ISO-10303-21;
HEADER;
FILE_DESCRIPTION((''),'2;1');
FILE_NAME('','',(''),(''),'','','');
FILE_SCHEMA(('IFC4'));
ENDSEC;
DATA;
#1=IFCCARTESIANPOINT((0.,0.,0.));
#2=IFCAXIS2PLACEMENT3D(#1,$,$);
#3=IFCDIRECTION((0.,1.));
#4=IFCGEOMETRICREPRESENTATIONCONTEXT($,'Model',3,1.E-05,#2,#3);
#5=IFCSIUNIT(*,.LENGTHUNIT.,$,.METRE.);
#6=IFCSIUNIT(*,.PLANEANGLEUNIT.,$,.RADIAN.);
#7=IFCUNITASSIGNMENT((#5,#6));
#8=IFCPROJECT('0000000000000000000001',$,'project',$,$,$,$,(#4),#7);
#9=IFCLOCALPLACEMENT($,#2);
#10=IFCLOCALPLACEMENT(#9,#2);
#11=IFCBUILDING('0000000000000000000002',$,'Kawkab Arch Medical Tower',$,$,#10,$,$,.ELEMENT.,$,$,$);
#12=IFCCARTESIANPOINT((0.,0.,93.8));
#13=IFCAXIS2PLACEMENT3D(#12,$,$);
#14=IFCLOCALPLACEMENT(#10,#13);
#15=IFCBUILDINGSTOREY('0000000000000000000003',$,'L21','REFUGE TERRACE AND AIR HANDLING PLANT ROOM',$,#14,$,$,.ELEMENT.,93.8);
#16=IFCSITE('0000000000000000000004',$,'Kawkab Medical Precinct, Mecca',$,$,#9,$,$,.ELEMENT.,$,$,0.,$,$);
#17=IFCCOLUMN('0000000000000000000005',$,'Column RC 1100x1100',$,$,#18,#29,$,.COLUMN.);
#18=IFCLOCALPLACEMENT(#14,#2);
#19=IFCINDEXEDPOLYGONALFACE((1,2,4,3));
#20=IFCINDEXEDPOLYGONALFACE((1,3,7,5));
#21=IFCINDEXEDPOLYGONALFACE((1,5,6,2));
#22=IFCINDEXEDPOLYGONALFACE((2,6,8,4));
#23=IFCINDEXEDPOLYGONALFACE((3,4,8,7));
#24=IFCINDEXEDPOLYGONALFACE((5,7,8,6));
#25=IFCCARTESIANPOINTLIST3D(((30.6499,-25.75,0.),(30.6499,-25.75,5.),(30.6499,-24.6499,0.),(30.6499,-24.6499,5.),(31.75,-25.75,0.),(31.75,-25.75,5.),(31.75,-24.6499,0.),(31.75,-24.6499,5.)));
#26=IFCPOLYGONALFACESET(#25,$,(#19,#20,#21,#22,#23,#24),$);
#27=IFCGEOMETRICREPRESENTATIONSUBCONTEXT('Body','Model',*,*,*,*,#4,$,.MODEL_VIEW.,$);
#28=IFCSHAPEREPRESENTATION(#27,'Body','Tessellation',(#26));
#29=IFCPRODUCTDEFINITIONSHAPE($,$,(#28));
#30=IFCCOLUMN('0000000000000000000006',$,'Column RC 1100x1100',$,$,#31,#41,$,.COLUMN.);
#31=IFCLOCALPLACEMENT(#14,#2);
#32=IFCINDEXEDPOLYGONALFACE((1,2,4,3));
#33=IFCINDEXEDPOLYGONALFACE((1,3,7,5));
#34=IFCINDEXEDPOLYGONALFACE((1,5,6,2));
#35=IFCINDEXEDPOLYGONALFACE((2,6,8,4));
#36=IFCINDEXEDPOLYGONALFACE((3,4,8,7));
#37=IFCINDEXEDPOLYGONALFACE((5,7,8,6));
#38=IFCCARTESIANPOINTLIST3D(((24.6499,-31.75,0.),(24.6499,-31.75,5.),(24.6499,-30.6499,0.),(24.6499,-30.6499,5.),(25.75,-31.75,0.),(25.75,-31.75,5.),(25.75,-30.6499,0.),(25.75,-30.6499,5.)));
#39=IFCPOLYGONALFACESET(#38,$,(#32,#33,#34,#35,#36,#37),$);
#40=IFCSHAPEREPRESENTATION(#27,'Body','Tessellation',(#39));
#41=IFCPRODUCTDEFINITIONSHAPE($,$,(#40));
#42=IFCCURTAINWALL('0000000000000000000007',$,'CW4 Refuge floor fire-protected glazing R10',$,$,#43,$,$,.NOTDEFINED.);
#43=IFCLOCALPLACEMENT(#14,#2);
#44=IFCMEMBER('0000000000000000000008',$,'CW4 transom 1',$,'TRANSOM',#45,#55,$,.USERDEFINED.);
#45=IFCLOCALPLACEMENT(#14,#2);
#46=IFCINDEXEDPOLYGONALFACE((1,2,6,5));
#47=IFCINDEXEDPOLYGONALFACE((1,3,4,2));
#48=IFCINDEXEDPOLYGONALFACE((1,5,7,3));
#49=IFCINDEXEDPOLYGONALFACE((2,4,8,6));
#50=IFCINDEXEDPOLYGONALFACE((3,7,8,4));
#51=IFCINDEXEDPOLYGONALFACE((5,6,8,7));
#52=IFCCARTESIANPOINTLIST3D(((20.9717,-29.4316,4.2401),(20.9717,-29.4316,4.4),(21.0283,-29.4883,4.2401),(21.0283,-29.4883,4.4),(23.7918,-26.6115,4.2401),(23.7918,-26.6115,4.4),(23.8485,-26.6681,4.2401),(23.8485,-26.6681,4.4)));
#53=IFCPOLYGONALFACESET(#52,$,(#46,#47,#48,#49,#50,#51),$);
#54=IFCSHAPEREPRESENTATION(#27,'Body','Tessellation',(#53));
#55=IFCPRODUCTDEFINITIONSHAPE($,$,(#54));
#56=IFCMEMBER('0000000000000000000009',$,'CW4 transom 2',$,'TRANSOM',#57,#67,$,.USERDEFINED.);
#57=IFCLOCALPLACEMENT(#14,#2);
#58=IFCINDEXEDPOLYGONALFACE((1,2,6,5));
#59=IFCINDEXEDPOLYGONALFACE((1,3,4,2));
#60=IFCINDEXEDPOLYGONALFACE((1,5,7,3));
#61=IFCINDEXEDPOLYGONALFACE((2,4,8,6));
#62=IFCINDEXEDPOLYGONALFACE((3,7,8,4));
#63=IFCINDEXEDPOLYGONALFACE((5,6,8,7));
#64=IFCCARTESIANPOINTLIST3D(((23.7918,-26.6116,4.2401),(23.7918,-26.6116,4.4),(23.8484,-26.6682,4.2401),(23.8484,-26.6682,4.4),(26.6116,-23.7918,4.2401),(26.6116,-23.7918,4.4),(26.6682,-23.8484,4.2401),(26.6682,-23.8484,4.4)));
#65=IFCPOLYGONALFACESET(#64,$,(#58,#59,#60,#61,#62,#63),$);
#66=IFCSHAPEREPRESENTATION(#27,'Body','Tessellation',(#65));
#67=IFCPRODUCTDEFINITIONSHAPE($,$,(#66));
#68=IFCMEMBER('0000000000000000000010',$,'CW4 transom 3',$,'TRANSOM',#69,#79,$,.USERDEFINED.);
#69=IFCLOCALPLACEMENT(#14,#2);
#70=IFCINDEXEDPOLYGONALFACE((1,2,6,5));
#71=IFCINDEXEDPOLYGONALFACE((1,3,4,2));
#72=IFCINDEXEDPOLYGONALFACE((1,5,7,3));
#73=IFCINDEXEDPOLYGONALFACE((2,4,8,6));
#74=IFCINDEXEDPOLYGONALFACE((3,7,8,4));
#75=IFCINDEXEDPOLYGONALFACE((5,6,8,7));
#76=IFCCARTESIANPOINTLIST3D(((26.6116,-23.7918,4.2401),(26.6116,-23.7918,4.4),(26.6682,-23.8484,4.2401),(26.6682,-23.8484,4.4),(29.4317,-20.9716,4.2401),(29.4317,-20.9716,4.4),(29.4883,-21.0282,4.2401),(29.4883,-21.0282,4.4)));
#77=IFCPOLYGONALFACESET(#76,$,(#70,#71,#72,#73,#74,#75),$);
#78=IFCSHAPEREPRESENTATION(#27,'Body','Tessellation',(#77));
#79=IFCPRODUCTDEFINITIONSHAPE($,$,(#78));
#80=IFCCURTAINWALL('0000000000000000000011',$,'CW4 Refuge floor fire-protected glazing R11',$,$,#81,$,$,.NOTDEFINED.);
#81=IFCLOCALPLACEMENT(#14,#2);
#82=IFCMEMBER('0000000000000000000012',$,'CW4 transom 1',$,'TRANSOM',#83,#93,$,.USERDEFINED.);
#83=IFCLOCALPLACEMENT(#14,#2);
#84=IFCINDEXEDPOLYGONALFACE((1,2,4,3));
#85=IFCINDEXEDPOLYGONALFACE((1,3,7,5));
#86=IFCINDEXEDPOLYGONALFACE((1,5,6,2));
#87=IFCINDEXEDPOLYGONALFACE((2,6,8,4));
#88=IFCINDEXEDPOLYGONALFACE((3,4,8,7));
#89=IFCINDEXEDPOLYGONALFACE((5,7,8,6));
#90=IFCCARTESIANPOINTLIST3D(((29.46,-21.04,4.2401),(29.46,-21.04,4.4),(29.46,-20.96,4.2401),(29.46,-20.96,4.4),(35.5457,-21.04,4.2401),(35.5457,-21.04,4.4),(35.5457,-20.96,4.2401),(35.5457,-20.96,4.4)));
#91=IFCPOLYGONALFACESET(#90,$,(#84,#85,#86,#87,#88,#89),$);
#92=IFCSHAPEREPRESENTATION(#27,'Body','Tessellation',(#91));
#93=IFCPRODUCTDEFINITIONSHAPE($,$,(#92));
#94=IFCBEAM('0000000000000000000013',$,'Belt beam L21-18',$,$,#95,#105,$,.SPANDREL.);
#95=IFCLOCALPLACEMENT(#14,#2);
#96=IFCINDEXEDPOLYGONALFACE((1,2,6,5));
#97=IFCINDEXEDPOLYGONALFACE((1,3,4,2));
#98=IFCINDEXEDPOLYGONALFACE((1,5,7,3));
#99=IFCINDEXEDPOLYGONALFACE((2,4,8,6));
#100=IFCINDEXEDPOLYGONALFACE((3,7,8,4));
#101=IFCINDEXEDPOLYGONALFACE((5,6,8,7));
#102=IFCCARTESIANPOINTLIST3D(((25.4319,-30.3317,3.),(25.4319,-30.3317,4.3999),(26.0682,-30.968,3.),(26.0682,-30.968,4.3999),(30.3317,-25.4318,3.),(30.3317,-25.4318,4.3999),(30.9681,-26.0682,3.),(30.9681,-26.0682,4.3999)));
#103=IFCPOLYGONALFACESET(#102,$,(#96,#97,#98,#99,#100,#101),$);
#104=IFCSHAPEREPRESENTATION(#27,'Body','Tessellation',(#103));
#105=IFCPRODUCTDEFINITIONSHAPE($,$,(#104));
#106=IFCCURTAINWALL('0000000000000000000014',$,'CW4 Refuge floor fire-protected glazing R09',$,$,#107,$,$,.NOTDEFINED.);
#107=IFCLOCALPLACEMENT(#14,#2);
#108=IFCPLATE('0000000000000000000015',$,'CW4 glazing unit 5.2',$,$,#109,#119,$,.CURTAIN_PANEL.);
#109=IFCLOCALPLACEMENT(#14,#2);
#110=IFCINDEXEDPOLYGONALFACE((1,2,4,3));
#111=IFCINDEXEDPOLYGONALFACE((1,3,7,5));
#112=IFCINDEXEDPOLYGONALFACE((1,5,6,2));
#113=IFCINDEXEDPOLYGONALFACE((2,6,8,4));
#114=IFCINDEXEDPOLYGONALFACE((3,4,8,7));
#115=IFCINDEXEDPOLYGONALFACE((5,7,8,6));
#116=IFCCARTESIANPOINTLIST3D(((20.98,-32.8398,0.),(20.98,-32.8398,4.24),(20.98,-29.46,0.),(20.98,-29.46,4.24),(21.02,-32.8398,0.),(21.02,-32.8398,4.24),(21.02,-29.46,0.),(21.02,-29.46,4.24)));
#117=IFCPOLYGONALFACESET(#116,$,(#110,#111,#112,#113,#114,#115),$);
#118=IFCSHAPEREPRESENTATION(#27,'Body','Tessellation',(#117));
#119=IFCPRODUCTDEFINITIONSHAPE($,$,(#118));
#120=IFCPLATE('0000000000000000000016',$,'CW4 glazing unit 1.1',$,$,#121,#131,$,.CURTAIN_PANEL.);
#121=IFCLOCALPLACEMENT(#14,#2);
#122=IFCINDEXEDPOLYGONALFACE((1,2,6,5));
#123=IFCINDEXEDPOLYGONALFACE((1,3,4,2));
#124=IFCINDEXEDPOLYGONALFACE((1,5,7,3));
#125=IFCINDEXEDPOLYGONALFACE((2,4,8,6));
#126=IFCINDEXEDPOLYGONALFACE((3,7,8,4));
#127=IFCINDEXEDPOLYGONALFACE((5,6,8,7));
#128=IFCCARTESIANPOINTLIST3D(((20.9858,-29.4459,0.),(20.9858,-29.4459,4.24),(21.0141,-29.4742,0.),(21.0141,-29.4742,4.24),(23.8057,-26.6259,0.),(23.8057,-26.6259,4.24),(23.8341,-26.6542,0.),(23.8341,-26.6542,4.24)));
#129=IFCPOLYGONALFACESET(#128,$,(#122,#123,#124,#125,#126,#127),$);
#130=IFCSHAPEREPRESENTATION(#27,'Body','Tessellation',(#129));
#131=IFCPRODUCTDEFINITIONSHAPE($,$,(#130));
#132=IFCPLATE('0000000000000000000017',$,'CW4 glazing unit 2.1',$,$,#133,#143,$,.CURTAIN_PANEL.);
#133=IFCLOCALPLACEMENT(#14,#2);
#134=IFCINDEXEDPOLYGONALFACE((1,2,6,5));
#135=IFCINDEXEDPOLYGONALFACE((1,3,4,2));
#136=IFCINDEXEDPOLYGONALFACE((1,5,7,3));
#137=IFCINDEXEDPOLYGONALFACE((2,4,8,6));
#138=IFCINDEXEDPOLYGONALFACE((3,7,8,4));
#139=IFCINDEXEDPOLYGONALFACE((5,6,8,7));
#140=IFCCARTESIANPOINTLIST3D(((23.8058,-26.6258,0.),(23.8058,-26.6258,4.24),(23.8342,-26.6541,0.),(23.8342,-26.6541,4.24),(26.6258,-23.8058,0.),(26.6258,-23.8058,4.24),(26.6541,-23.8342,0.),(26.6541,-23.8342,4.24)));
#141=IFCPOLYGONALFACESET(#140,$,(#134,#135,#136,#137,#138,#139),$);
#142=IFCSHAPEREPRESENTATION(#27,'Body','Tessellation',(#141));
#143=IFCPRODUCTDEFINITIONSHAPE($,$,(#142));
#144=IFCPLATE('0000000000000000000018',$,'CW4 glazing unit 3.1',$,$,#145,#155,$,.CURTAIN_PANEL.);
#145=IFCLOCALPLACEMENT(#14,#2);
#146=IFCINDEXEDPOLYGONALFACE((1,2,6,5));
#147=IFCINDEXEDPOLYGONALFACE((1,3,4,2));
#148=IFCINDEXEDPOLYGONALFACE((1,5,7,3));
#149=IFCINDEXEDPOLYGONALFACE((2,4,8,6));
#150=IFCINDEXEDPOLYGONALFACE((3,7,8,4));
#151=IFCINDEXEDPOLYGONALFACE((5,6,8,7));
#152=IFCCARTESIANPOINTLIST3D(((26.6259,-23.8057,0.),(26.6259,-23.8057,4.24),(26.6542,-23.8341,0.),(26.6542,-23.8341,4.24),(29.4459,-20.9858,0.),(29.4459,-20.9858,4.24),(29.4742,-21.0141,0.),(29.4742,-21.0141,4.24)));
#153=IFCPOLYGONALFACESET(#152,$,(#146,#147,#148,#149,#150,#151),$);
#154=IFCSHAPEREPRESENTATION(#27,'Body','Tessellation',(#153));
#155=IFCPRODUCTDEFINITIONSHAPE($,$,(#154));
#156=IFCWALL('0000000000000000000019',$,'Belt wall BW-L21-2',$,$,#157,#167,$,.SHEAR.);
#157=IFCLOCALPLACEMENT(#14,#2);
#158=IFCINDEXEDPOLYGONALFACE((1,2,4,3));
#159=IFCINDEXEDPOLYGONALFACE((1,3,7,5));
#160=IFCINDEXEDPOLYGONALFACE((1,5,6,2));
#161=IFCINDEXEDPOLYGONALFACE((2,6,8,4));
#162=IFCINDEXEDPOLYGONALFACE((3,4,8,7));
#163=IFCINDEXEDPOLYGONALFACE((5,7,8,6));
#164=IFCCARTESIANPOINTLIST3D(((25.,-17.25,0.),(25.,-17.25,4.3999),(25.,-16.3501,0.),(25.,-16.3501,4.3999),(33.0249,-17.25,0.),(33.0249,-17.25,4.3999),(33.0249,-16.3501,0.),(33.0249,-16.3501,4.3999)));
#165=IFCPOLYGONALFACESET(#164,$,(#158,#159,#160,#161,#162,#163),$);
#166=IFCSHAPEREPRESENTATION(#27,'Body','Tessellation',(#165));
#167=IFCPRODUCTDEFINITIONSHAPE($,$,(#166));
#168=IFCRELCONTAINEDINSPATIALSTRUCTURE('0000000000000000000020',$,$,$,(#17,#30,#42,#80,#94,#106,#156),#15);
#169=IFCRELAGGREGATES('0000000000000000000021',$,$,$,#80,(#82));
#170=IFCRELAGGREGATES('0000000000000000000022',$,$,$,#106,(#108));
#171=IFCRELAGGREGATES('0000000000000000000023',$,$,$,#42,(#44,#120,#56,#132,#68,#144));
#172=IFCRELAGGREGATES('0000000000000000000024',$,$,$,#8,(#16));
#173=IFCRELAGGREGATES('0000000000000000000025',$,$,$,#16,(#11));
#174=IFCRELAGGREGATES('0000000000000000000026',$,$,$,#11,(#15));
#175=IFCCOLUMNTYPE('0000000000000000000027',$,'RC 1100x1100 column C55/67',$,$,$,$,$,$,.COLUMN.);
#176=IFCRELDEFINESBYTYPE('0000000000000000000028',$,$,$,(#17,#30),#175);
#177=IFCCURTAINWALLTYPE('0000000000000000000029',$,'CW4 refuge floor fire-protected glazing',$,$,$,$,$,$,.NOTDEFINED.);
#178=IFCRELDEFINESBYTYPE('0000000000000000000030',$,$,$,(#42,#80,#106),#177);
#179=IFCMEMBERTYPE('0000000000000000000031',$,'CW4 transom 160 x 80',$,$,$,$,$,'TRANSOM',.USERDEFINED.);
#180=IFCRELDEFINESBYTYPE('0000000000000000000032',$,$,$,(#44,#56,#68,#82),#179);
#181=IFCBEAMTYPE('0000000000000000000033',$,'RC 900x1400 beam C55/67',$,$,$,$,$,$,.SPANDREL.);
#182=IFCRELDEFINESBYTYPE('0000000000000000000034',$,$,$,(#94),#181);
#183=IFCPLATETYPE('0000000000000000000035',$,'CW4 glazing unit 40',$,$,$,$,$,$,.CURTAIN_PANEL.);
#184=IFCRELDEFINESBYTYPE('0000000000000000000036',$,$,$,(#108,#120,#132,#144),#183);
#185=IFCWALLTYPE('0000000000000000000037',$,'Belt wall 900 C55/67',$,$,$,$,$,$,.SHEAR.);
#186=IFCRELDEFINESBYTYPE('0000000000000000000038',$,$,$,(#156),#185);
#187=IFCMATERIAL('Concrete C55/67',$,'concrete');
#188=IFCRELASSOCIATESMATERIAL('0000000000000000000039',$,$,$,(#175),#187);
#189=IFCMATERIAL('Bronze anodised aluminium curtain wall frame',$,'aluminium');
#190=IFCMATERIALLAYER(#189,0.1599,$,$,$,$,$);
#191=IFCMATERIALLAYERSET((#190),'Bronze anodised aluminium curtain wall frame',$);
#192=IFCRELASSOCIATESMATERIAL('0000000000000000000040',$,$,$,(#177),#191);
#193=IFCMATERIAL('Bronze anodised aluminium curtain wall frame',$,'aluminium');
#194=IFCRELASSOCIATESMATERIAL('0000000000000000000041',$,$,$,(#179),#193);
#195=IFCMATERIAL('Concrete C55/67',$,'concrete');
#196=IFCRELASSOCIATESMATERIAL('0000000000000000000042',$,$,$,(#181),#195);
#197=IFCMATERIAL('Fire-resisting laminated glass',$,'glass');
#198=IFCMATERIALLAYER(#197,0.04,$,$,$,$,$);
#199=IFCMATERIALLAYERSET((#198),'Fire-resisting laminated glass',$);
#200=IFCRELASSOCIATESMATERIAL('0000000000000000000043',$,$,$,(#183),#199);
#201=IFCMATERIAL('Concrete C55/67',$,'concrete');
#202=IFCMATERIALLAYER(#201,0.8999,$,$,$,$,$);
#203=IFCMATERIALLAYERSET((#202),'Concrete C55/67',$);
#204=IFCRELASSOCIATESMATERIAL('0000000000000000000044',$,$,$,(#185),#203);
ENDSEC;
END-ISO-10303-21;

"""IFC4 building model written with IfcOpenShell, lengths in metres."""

from ifc_helpers import new_model, si_unit, direction, frame, frame_2d, origin, origin_2d, place, context, subcontext, project, spatial, rectangle, extrude, material, layer, layer_set, material_profile, profile_set, type_object, element, aggregate, save


model = new_model("IFC4")

# Units and contexts
model_context = context("Model", 3, precision=1e-05, world=origin(), true_north=direction((0.0, 1.0)))
body_context = subcontext(model_context, "Body", "Model", "MODEL_VIEW")
ifc_project = project(units=[si_unit("LENGTHUNIT", "METRE"), si_unit("PLANEANGLEUNIT", "RADIAN")], contexts=[model_context])

# Site, building, storey
site_placement = place(None, origin())
site = spatial("IfcSite", under=ifc_project, at=site_placement, Name="Kawkab Medical Precinct, Mecca", CompositionType="ELEMENT", RefElevation=0.0)
building_placement = place(site_placement, origin())
building = spatial("IfcBuilding", under=site, at=building_placement, Name="Kawkab Arch Medical Tower", CompositionType="ELEMENT")
storey_placement = place(building_placement, frame((0.0, 0.0, 93.8)))
storey = spatial("IfcBuildingStorey", under=building, at=storey_placement, Name="L21", Description="REFUGE TERRACE AND AIR HANDLING PLANT ROOM", CompositionType="ELEMENT", Elevation=93.8)

# Columns
ifc_material_1 = material(Name="Concrete C55/67", Category="concrete")
ifc_material_profile_1 = material_profile(ifc_material_1, rectangle(XDim=1.1001, YDim=1.1001, at=origin_2d()), Name="RC 1100x1100")
ifc_profile_set_1 = profile_set([ifc_material_profile_1], Name="Concrete C55/67")
column_type = type_object("IfcColumnType", Name="RC 1100x1100 column C55/67", PredefinedType="COLUMN", material=ifc_profile_set_1)
for number, where, z_axis, x_axis, name in (
    (1, (31.2, -25.2, 0.0), (0.0, 0.0, 1.0), (1.0, 0.0, 0.0), "Column RC 1100x1100"),
    (2, (25.2, -31.2, 0.0), (0.0, 0.0, 1.0), (1.0, 0.0, 0.0), "Column RC 1100x1100"),
):
    element("IfcColumn", number, at=place(storey_placement, frame(where, z_axis=z_axis, x_axis=x_axis)), inside=storey, type_object=column_type, Name=name, PredefinedType="COLUMN", context=body_context, shape_type="SweptSolid", body=[
        extrude(rectangle(XDim=1.1001, YDim=1.1001, at=origin_2d()), origin(), (0.0, 0.0, 1.0), 5.0),
    ])

# Curtain wall, members
ifc_material_2 = material(Name="Bronze anodised aluminium curtain wall frame", Category="aluminium")
ifc_layer_1 = layer(ifc_material_2, 0.1599)
ifc_layer_set_1 = layer_set([ifc_layer_1], Name="Bronze anodised aluminium curtain wall frame")
curtain_wall_type = type_object("IfcCurtainWallType", Name="CW4 refuge floor fire-protected glazing", PredefinedType="NOTDEFINED", material=ifc_layer_set_1)
placement = place(storey_placement, origin())
curtain_wall_1 = element("IfcCurtainWall", 3, at=placement, inside=storey, type_object=curtain_wall_type, Name="CW4 Refuge floor fire-protected glazing R10", PredefinedType="NOTDEFINED")
ifc_material_3 = material(Name="Bronze anodised aluminium curtain wall frame", Category="aluminium")
ifc_material_profile_2 = material_profile(ifc_material_3, rectangle(XDim=0.0801, YDim=0.1599, at=origin_2d()), Name="AL 80x160")
ifc_profile_set_2 = profile_set([ifc_material_profile_2], Name="Bronze anodised aluminium curtain wall frame")
member_type = type_object("IfcMemberType", Name="CW4 transom 160 x 80", ElementType="TRANSOM", PredefinedType="USERDEFINED", material=ifc_profile_set_2)
member_1_placement = place(storey_placement, frame((21.0, -29.46, 4.3201), z_axis=(0.707107, 0.707107, 0.0), x_axis=(-0.707107, 0.707107, 0.0)))
member_1 = element("IfcMember", 4, at=member_1_placement, type_object=member_type, Name="CW4 transom 1", ObjectType="TRANSOM", PredefinedType="USERDEFINED", context=body_context, shape_type="SweptSolid", body=[
    extrude(rectangle(XDim=0.0801, YDim=0.1599, at=origin_2d()), origin(), (0.0, 0.0, 1.0), 3.9883),
])
member_2_placement = place(storey_placement, frame((23.8201, -26.6399, 4.3201), z_axis=(0.707107, 0.707107, 0.0), x_axis=(-0.707107, 0.707107, 0.0)))
member_2 = element("IfcMember", 5, at=member_2_placement, type_object=member_type, Name="CW4 transom 2", ObjectType="TRANSOM", PredefinedType="USERDEFINED", context=body_context, shape_type="SweptSolid", body=[
    extrude(rectangle(XDim=0.0801, YDim=0.1599, at=origin_2d()), origin(), (0.0, 0.0, 1.0), 3.9878),
])
member_3_placement = place(storey_placement, frame((26.6399, -23.8201, 4.3201), z_axis=(0.707107, 0.707107, 0.0), x_axis=(-0.707107, 0.707107, 0.0)))
member_3 = element("IfcMember", 6, at=member_3_placement, type_object=member_type, Name="CW4 transom 3", ObjectType="TRANSOM", PredefinedType="USERDEFINED", context=body_context, shape_type="SweptSolid", body=[
    extrude(rectangle(XDim=0.0801, YDim=0.1599, at=origin_2d()), origin(), (0.0, 0.0, 1.0), 3.9883),
])

# Curtain wall, member
curtain_wall_2 = element("IfcCurtainWall", 7, at=placement, inside=storey, type_object=curtain_wall_type, Name="CW4 Refuge floor fire-protected glazing R11", PredefinedType="NOTDEFINED")
member_4_placement = place(storey_placement, frame((29.46, -21.0, 4.3201), z_axis=(1.0, 0.0, 0.0), x_axis=(0.0, 1.0, 0.0)))
member_4 = element("IfcMember", 8, at=member_4_placement, type_object=member_type, Name="CW4 transom 1", ObjectType="TRANSOM", PredefinedType="USERDEFINED", context=body_context, shape_type="SweptSolid", body=[
    extrude(rectangle(XDim=0.0801, YDim=0.1599, at=origin_2d()), origin(), (0.0, 0.0, 1.0), 6.0857),
])
aggregate(curtain_wall_2, [member_4])

# Beam
ifc_material_4 = material(Name="Concrete C55/67", Category="concrete")
ifc_material_profile_3 = material_profile(ifc_material_4, rectangle(XDim=0.8999, YDim=1.3999, at=origin_2d()), Name="RC 900x1400")
ifc_profile_set_3 = profile_set([ifc_material_profile_3], Name="Concrete C55/67")
beam_type = type_object("IfcBeamType", Name="RC 900x1400 beam C55/67", PredefinedType="SPANDREL", material=ifc_profile_set_3)
beam_placement = place(storey_placement, frame((30.6499, -25.75, 3.7), z_axis=(-0.707107, -0.707107, 0.0), x_axis=(0.707107, -0.707107, 0.0)))
element("IfcBeam", 9, at=beam_placement, inside=storey, type_object=beam_type, Name="Belt beam L21-18", PredefinedType="SPANDREL", context=body_context, shape_type="SweptSolid", body=[
    extrude(rectangle(XDim=0.8999, YDim=1.3999, at=origin_2d()), origin(), (0.0, 0.0, 1.0), 6.9294),
])

# Curtain wall, plate
curtain_wall_3 = element("IfcCurtainWall", 10, at=placement, inside=storey, type_object=curtain_wall_type, Name="CW4 Refuge floor fire-protected glazing R09", PredefinedType="NOTDEFINED")
ifc_material_5 = material(Name="Fire-resisting laminated glass", Category="glass")
ifc_layer_2 = layer(ifc_material_5, 0.04)
ifc_layer_set_2 = layer_set([ifc_layer_2], Name="Fire-resisting laminated glass")
plate_type = type_object("IfcPlateType", Name="CW4 glazing unit 40", PredefinedType="CURTAIN_PANEL", material=ifc_layer_set_2)
plate_1_placement = place(storey_placement, frame((21.0, -31.1499, 0.0), z_axis=(0.0, 0.0, 1.0), x_axis=(0.0, 1.0, 0.0)))
plate_1 = element("IfcPlate", 11, at=plate_1_placement, type_object=plate_type, Name="CW4 glazing unit 5.2", PredefinedType="CURTAIN_PANEL", context=body_context, shape_type="SweptSolid", body=[
    extrude(rectangle(XDim=3.3799, YDim=0.04, at=origin_2d()), origin(), (0.0, 0.0, 1.0), 4.24),
])
aggregate(curtain_wall_3, [plate_1])

# Plates
plate_2_placement = place(storey_placement, frame((22.4099, -28.05, 0.0), z_axis=(0.0, 0.0, 1.0), x_axis=(0.707107, 0.707107, 0.0)))
plate_2 = element("IfcPlate", 12, at=plate_2_placement, type_object=plate_type, Name="CW4 glazing unit 1.1", PredefinedType="CURTAIN_PANEL", context=body_context, shape_type="SweptSolid", body=[
    extrude(rectangle(XDim=3.988, YDim=0.04, at=origin_2d()), origin(), (0.0, 0.0, 1.0), 4.24),
])
plate_3_placement = place(storey_placement, frame((25.23, -25.23, 0.0), z_axis=(0.0, 0.0, 1.0), x_axis=(0.707107, 0.707107, 0.0)))
plate_3 = element("IfcPlate", 13, at=plate_3_placement, type_object=plate_type, Name="CW4 glazing unit 2.1", PredefinedType="CURTAIN_PANEL", context=body_context, shape_type="SweptSolid", body=[
    extrude(rectangle(XDim=3.988, YDim=0.04, at=origin_2d()), origin(), (0.0, 0.0, 1.0), 4.24),
])
plate_4_placement = place(storey_placement, frame((28.05, -22.4099, 0.0), z_axis=(0.0, 0.0, 1.0), x_axis=(0.707107, 0.707107, 0.0)))
plate_4 = element("IfcPlate", 14, at=plate_4_placement, type_object=plate_type, Name="CW4 glazing unit 3.1", PredefinedType="CURTAIN_PANEL", context=body_context, shape_type="SweptSolid", body=[
    extrude(rectangle(XDim=3.988, YDim=0.04, at=origin_2d()), origin(), (0.0, 0.0, 1.0), 4.24),
])
aggregate(curtain_wall_1, [member_1, plate_2, member_2, plate_3, member_3, plate_4])

# Wall
ifc_material_6 = material(Name="Concrete C55/67", Category="concrete")
ifc_layer_3 = layer(ifc_material_6, 0.8999)
ifc_layer_set_3 = layer_set([ifc_layer_3], Name="Concrete C55/67")
wall_type_1 = type_object("IfcWallType", Name="Belt wall 900 C55/67", PredefinedType="SHEAR", material=ifc_layer_set_3)
wall_1_placement = place(storey_placement, frame((25.0, -16.8, 0.0), z_axis=(0.0, 0.0, 1.0), x_axis=(1.0, 0.0, 0.0)))
element("IfcWall", 15, at=wall_1_placement, inside=storey, type_object=wall_type_1, Name="Belt wall BW-L21-2", PredefinedType="SHEAR", context=body_context, shape_type="SweptSolid", body=[
    extrude(rectangle(XDim=8.0249, YDim=0.8999, at=frame_2d((4.0125, 0.0))), origin(), (0.0, 0.0, 1.0), 4.3999),
])

save(model, "model.ifc")
